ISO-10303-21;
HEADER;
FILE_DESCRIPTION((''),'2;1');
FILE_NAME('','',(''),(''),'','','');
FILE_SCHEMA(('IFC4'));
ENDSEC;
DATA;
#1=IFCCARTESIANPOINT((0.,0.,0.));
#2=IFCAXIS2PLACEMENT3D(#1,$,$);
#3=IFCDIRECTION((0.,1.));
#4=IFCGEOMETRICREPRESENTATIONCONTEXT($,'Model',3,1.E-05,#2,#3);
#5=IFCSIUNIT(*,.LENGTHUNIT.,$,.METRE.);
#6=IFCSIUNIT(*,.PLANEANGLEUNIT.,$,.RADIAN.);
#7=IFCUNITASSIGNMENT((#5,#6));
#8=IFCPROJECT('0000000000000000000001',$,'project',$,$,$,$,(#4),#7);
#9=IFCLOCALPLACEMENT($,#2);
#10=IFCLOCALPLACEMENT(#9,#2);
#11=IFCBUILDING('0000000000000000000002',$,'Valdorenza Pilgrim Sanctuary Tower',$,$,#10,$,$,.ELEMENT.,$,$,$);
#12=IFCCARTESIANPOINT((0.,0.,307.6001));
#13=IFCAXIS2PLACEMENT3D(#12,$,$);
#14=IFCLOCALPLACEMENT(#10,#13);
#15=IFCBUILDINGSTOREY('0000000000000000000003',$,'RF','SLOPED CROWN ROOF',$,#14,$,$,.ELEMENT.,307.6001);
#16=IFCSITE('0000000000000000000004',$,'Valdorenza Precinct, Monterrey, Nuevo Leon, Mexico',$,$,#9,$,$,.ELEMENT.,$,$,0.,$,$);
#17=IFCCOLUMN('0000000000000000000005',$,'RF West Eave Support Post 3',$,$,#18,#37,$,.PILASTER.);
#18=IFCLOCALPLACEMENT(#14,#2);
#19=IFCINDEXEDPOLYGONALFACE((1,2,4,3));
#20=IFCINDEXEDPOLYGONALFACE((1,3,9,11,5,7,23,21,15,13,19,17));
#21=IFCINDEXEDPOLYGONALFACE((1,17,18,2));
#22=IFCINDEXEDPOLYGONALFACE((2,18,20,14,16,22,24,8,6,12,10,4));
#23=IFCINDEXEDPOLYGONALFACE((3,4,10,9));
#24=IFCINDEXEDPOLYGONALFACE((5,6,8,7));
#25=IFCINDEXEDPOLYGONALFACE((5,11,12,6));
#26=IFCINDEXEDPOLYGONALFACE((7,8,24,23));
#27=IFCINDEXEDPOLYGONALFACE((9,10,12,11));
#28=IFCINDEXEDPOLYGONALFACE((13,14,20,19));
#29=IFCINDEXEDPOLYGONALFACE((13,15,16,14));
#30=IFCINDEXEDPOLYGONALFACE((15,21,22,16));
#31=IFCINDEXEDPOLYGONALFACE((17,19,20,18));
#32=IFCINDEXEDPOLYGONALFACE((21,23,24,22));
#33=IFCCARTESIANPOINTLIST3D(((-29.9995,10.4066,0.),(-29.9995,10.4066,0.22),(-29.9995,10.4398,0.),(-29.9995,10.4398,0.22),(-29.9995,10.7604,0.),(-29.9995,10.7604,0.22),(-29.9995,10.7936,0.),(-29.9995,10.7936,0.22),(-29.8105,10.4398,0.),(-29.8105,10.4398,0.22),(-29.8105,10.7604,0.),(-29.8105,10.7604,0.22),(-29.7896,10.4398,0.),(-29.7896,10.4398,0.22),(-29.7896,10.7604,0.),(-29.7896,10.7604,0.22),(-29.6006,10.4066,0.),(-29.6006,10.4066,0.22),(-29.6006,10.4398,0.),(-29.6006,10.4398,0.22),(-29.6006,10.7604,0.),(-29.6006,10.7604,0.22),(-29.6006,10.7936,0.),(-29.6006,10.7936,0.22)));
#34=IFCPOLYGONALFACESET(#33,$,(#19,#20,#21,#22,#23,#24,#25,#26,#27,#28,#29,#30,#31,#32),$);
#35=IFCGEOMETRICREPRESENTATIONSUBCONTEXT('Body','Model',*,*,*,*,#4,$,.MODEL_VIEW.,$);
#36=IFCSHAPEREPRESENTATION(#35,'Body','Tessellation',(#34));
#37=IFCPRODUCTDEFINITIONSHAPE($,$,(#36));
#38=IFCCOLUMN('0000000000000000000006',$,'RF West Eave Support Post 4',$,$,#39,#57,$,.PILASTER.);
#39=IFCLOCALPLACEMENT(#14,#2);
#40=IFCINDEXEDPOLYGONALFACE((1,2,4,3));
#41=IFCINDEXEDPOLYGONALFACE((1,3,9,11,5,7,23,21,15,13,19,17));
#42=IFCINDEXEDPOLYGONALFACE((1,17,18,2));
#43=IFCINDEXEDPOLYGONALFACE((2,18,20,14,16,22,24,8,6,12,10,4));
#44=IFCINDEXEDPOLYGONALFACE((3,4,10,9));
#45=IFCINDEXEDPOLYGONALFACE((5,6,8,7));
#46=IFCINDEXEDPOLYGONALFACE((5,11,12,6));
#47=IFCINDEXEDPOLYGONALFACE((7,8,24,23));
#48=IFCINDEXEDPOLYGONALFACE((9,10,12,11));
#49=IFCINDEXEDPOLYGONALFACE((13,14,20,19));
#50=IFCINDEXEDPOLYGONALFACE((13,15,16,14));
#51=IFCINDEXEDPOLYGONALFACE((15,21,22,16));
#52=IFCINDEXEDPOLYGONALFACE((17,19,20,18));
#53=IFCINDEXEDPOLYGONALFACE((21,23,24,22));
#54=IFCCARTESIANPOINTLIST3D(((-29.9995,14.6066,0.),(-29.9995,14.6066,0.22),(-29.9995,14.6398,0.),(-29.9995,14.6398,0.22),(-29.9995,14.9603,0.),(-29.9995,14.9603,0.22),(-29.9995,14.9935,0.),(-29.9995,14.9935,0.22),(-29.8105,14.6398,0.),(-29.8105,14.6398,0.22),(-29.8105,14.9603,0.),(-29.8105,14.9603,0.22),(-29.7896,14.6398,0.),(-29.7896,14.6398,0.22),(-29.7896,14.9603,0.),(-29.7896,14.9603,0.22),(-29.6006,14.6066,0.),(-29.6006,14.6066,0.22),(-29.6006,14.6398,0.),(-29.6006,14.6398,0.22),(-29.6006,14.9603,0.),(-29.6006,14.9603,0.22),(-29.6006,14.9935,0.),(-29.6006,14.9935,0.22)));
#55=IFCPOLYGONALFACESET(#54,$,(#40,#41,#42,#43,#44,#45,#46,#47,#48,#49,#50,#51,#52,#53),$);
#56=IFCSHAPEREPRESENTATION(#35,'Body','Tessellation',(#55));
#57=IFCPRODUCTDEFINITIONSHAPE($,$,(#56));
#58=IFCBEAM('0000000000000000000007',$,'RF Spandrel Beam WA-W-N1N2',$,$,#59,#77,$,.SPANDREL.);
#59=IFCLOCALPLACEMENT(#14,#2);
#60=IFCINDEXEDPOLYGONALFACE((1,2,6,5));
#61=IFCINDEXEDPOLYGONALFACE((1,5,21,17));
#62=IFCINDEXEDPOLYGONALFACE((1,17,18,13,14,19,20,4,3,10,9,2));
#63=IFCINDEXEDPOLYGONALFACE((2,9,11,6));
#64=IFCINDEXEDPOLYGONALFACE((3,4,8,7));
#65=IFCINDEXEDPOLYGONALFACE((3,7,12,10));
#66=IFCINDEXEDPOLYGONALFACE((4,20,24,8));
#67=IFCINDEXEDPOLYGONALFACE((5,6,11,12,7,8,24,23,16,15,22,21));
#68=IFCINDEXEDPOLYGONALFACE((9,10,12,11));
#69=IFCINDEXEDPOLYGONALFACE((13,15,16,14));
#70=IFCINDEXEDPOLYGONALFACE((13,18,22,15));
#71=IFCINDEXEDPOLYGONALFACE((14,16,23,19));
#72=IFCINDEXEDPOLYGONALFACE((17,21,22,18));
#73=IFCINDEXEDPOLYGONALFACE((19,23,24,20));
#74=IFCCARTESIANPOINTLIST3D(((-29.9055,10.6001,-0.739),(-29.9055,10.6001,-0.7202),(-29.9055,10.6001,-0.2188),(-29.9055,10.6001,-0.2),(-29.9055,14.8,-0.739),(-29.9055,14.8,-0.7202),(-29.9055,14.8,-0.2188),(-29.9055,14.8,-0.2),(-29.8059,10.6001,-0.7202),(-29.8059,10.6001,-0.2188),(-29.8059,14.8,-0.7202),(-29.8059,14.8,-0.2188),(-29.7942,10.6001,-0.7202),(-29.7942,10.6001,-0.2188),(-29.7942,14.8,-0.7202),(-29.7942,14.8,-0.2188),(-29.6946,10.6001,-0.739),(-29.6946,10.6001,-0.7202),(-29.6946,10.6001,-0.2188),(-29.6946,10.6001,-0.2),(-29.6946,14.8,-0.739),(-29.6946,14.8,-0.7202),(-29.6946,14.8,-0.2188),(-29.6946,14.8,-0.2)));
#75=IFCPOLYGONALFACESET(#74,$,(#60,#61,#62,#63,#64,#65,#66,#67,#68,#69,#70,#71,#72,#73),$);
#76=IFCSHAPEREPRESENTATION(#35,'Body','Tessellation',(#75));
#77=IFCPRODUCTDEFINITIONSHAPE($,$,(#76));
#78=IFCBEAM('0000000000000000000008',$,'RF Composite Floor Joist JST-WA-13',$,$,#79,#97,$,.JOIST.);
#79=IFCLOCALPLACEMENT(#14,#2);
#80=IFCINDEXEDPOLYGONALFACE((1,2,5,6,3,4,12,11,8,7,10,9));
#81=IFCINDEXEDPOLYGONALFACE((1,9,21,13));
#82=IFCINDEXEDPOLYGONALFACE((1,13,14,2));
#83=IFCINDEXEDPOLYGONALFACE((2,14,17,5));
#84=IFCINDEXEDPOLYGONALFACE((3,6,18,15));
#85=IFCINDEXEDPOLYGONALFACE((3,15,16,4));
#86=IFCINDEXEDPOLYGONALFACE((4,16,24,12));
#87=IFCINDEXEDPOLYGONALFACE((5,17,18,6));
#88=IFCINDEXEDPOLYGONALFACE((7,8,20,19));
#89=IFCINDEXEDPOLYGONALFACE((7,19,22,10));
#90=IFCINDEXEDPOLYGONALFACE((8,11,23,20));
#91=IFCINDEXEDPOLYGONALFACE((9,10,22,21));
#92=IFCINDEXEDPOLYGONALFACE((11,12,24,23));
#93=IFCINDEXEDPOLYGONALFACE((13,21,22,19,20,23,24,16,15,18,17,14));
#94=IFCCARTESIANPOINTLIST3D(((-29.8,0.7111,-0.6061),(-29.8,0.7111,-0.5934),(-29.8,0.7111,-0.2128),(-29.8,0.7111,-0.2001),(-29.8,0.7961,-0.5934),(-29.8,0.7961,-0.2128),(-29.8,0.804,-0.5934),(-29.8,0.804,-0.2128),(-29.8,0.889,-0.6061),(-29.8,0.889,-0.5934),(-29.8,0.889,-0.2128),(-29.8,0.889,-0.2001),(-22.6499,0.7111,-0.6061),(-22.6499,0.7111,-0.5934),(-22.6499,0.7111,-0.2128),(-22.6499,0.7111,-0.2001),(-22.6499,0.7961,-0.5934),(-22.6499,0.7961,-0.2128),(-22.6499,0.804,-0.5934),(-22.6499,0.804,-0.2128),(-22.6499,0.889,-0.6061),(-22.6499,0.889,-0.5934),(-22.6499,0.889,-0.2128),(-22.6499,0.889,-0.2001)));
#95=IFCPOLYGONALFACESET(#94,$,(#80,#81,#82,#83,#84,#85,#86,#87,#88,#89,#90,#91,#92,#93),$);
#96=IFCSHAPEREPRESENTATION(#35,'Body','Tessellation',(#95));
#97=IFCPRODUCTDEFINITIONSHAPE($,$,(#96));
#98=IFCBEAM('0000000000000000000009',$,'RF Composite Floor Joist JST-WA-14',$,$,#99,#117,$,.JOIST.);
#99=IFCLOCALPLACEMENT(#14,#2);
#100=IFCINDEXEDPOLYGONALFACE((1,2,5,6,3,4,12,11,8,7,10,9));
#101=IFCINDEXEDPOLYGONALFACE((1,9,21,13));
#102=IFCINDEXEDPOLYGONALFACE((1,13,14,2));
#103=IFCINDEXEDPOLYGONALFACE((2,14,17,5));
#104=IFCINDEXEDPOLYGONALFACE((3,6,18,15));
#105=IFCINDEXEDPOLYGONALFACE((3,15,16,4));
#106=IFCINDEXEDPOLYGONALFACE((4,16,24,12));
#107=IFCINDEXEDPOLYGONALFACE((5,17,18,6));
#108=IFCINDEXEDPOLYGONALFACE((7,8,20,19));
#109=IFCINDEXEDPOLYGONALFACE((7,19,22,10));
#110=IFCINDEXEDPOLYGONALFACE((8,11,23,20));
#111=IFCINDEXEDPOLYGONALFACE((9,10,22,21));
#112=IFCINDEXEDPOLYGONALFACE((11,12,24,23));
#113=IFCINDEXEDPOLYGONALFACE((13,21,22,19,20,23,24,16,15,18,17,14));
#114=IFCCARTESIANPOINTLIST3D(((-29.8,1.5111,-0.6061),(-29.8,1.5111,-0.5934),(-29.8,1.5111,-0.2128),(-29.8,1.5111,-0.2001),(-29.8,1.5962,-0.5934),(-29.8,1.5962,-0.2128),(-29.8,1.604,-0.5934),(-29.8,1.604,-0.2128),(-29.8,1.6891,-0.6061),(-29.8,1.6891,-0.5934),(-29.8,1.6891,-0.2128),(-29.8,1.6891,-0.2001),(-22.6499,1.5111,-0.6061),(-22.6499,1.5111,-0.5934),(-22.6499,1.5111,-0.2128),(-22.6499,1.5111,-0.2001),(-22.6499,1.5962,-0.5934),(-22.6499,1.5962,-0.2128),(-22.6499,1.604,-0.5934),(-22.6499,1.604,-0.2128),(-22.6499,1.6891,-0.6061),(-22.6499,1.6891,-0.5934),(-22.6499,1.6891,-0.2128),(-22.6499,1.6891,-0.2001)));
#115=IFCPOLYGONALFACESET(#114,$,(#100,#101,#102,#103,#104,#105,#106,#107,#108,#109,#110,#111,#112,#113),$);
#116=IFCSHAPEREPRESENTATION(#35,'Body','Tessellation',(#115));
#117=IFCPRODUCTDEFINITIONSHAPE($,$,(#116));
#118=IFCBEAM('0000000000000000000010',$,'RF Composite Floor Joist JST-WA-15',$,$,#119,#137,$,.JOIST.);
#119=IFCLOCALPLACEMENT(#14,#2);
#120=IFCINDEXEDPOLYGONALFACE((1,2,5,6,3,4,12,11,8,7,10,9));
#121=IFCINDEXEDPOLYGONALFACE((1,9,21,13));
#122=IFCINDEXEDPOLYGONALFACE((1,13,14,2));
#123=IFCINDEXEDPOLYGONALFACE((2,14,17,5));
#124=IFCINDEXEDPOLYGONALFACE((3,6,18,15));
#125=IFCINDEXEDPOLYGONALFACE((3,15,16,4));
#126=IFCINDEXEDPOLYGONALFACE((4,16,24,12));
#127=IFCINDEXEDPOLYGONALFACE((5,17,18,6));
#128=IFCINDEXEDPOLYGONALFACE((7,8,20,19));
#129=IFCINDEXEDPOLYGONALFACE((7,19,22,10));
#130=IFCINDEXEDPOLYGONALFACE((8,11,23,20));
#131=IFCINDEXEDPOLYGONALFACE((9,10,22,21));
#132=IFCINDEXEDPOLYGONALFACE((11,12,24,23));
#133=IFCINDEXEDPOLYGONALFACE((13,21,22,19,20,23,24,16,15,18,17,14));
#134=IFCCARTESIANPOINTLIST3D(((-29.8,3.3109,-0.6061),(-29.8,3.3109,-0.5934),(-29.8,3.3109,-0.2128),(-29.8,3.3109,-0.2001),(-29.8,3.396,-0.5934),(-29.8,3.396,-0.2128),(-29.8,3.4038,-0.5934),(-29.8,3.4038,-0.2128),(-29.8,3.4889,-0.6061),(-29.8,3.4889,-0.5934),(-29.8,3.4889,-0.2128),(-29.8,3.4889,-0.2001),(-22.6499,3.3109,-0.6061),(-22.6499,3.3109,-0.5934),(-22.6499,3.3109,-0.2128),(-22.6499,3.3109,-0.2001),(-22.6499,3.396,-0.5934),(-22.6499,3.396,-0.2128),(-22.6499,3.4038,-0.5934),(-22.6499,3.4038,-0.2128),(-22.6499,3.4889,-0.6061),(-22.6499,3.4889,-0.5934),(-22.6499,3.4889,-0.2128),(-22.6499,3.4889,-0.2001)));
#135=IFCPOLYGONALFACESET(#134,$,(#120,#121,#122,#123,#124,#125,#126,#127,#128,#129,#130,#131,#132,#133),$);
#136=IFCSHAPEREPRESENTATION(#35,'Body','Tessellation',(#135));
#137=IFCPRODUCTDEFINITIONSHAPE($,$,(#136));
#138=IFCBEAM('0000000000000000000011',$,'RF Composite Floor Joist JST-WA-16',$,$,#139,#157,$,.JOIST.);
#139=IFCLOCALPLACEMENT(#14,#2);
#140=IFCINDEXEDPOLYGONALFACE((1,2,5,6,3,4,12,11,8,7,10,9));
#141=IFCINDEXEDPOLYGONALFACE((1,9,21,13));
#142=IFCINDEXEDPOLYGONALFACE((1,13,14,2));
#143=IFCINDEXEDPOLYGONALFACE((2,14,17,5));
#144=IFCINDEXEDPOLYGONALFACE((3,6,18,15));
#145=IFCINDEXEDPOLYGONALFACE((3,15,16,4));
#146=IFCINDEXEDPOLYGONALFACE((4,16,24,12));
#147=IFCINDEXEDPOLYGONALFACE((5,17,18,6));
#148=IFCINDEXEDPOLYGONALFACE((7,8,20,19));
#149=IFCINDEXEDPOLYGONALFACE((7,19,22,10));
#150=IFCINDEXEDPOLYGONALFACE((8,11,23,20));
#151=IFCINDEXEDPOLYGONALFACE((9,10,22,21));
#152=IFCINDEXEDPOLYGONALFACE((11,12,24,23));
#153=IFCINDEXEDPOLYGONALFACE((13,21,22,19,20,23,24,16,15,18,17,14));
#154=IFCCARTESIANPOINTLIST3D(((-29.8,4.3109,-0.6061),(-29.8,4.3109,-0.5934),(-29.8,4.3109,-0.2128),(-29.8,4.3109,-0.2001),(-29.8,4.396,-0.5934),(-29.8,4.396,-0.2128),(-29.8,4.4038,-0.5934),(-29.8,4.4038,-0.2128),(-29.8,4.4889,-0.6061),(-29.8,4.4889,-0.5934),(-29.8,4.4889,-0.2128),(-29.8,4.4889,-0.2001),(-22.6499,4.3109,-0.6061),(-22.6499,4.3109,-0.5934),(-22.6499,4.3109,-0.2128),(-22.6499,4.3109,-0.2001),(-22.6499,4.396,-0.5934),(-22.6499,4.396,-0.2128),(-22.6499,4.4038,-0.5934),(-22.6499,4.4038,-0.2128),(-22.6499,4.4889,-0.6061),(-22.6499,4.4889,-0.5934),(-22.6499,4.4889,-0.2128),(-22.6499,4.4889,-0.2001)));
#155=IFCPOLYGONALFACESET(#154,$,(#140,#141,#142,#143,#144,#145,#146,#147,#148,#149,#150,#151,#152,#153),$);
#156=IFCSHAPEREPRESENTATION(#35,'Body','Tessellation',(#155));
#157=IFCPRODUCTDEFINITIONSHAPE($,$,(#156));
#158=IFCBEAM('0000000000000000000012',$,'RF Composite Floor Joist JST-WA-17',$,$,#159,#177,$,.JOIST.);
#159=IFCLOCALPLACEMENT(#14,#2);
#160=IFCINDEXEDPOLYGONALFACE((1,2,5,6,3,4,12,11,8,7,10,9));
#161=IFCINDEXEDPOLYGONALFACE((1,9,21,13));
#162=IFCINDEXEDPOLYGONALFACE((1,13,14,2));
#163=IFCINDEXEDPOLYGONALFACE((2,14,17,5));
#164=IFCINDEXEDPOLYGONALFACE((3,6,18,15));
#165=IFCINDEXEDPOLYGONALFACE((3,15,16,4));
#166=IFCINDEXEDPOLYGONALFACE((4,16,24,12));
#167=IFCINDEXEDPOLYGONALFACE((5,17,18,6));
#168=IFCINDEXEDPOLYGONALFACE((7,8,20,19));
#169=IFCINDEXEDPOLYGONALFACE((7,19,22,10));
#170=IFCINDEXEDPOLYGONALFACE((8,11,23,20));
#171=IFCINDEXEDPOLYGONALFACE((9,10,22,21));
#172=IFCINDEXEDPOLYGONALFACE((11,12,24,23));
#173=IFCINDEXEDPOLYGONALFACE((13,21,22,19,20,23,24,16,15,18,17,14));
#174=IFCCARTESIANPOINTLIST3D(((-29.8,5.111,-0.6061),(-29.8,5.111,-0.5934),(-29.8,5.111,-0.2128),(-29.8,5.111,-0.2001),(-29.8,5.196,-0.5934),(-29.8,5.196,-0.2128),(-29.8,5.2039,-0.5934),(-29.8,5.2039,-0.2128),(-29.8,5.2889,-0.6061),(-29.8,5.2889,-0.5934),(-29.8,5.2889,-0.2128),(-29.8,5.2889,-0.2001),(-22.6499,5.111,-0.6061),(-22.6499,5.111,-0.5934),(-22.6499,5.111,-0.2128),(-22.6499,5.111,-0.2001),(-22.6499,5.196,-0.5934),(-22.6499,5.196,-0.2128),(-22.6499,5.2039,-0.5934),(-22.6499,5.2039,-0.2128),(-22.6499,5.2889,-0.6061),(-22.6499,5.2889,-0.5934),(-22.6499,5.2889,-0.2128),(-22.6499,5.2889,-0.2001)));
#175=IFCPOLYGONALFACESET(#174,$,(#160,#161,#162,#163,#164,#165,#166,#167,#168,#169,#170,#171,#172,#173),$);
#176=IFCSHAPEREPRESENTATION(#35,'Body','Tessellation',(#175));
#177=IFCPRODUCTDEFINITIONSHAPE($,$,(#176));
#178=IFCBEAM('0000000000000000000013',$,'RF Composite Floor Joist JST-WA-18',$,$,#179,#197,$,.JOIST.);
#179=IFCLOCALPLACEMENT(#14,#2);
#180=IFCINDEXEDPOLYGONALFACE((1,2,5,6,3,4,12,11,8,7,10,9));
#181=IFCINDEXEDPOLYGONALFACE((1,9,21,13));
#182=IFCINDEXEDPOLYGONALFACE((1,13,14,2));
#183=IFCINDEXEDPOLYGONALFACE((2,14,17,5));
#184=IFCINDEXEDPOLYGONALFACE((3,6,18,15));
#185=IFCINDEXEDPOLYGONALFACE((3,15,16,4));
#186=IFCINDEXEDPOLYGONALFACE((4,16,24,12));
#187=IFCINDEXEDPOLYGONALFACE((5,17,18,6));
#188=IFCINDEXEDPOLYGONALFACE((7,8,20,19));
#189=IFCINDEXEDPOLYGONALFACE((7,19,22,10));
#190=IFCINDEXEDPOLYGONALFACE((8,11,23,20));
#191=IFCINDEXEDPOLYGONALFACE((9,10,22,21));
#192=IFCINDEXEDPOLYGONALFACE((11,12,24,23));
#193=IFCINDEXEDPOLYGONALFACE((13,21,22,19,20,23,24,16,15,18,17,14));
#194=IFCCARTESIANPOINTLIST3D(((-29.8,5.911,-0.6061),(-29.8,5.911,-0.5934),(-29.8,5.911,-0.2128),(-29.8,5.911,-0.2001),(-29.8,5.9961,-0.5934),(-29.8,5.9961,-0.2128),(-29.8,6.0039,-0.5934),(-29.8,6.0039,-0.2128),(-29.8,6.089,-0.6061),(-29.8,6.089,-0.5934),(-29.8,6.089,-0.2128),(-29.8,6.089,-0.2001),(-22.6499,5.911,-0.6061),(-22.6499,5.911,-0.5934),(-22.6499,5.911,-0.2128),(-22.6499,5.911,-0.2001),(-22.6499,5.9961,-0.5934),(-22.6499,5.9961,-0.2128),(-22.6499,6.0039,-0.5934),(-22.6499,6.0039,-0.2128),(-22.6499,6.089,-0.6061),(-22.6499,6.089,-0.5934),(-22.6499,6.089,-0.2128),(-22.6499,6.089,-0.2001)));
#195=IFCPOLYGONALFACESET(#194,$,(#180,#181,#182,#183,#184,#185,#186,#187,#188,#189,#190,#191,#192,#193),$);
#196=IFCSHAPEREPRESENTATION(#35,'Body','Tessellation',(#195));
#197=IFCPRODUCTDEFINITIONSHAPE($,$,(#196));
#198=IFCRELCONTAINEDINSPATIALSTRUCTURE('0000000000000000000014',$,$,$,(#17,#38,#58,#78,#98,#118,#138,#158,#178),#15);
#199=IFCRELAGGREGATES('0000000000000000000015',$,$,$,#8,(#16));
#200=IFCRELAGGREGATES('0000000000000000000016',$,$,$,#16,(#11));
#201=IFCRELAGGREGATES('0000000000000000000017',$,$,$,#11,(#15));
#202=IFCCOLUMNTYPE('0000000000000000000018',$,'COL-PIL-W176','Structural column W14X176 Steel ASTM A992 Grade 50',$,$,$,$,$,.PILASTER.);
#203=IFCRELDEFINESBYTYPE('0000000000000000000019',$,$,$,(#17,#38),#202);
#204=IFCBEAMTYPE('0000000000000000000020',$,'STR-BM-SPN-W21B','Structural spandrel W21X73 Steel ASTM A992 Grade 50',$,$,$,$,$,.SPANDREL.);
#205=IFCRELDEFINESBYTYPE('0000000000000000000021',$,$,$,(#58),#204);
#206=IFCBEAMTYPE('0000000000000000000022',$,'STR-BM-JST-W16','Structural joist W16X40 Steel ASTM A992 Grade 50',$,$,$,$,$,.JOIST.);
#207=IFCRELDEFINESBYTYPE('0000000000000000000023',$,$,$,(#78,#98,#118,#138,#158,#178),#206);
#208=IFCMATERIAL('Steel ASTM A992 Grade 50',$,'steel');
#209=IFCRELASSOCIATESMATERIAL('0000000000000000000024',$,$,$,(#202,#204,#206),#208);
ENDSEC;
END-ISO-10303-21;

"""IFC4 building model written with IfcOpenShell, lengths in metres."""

from ifc_helpers import new_model, si_unit, direction, frame, origin, origin_2d, place, context, subcontext, project, spatial, i_section, extrude, source, transform, mapped, material, material_profile, profile_set, type_object, element, save


model = new_model("IFC4")

# Units and contexts
model_context = context("Model", 3, precision=1e-05, world=origin(), true_north=direction((0.0, 1.0)))
body_context = subcontext(model_context, "Body", "Model", "MODEL_VIEW")
ifc_project = project(units=[si_unit("LENGTHUNIT", "METRE"), si_unit("PLANEANGLEUNIT", "RADIAN")], contexts=[model_context])

# Site, building, storey
site_placement = place(None, origin())
site = spatial("IfcSite", under=ifc_project, at=site_placement, Name="Valdorenza Precinct, Monterrey, Nuevo Leon, Mexico", CompositionType="ELEMENT", RefElevation=0.0)
building_placement = place(site_placement, origin())
building = spatial("IfcBuilding", under=site, at=building_placement, Name="Valdorenza Pilgrim Sanctuary Tower", CompositionType="ELEMENT")
storey_placement = place(building_placement, frame((0.0, 0.0, 307.6001)))
storey = spatial("IfcBuildingStorey", under=building, at=storey_placement, Name="RF", Description="SLOPED CROWN ROOF", CompositionType="ELEMENT", Elevation=307.6001)

# Columns
ifc_material_1 = material(Name="Steel ASTM A992 Grade 50", Category="steel")
ifc_material_profile_1 = material_profile(ifc_material_1, i_section(OverallWidth=0.3989, OverallDepth=0.387, WebThickness=0.021, FlangeThickness=0.0332, at=origin_2d()), Name="W14X176")
ifc_profile_set_1 = profile_set([ifc_material_profile_1], Name="Steel ASTM A992 Grade 50")
column_type = type_object("IfcColumnType", Name="COL-PIL-W176", Description="Structural column W14X176 Steel ASTM A992 Grade 50", PredefinedType="PILASTER", material=ifc_profile_set_1)
shared_shape_1 = source(origin(), body_context, "Body", "SweptSolid", [
    extrude(i_section(OverallWidth=0.3989, OverallDepth=0.387, WebThickness=0.021, FlangeThickness=0.0332, at=origin_2d()), origin(), (0.0, 0.0, 1.0), 0.22),
])
for number, where, z_axis, x_axis, name in (
    (1, (-29.8, 10.6001, 0.0), (0.0, 0.0, 1.0), (1.0, 0.0, 0.0), "RF West Eave Support Post 3"),
    (2, (-29.8, 14.8, 0.0), (0.0, 0.0, 1.0), (1.0, 0.0, 0.0), "RF West Eave Support Post 4"),
):
    element("IfcColumn", number, at=place(storey_placement, frame(where, z_axis=z_axis, x_axis=x_axis)), inside=storey, type_object=column_type, Name=name, PredefinedType="PILASTER", context=body_context, shape_type="MappedRepresentation", body=[
        mapped(shared_shape_1, transform((0.0, 0.0, 0.0), x_axis=(1.0, 0.0, 0.0), y_axis=(0.0, 1.0, 0.0), z_axis=(0.0, 0.0, 1.0), scale=1.0)),
    ])

# Beams
ifc_material_profile_2 = material_profile(ifc_material_1, i_section(OverallWidth=0.2109, OverallDepth=0.5391, WebThickness=0.0117, FlangeThickness=0.0188, at=origin_2d()), Name="W21X73")
ifc_profile_set_2 = profile_set([ifc_material_profile_2], Name="Steel ASTM A992 Grade 50")
beam_type_1 = type_object("IfcBeamType", Name="STR-BM-SPN-W21B", Description="Structural spandrel W21X73 Steel ASTM A992 Grade 50", PredefinedType="SPANDREL", material=ifc_profile_set_2)
shared_shape_2 = source(origin(), body_context, "Body", "SweptSolid", [
    extrude(i_section(OverallWidth=0.2109, OverallDepth=0.5391, WebThickness=0.0117, FlangeThickness=0.0188, at=origin_2d()), origin(), (0.0, 0.0, 1.0), 4.2),
])
beam_placement = place(storey_placement, frame((-29.8, 10.6001, -0.4695), z_axis=(0.0, 1.0, 0.0), x_axis=(-1.0, 0.0, 0.0)))
element("IfcBeam", 3, at=beam_placement, inside=storey, type_object=beam_type_1, Name="RF Spandrel Beam WA-W-N1N2", PredefinedType="SPANDREL", context=body_context, shape_type="MappedRepresentation", body=[
    mapped(shared_shape_2, transform((0.0, 0.0, 0.0), x_axis=(1.0, 0.0, 0.0), y_axis=(0.0, 1.0, 0.0), z_axis=(0.0, 0.0, 1.0), scale=1.0)),
])
ifc_material_profile_3 = material_profile(ifc_material_1, i_section(OverallWidth=0.178, OverallDepth=0.406, WebThickness=0.0078, FlangeThickness=0.0127, at=origin_2d()), Name="W16X40")
ifc_profile_set_3 = profile_set([ifc_material_profile_3], Name="Steel ASTM A992 Grade 50")
beam_type_2 = type_object("IfcBeamType", Name="STR-BM-JST-W16", Description="Structural joist W16X40 Steel ASTM A992 Grade 50", PredefinedType="JOIST", material=ifc_profile_set_3)
shared_shape_3 = source(origin(), body_context, "Body", "SweptSolid", [
    extrude(i_section(OverallWidth=0.178, OverallDepth=0.406, WebThickness=0.0078, FlangeThickness=0.0127, at=origin_2d()), origin(), (0.0, 0.0, 1.0), 7.1501),
])
for number, where, z_axis, x_axis, name in (
    (4, (-29.8, 0.8, -0.4031), (1.0, 0.0, 0.0), (0.0, 1.0, 0.0), "RF Composite Floor Joist JST-WA-13"),
    (5, (-29.8, 1.6001, -0.4031), (1.0, 0.0, 0.0), (0.0, 1.0, 0.0), "RF Composite Floor Joist JST-WA-14"),
    (6, (-29.8, 3.3999, -0.4031), (1.0, 0.0, 0.0), (0.0, 1.0, 0.0), "RF Composite Floor Joist JST-WA-15"),
    (7, (-29.8, 4.3999, -0.4031), (1.0, 0.0, 0.0), (0.0, 1.0, 0.0), "RF Composite Floor Joist JST-WA-16"),
    (8, (-29.8, 5.2, -0.4031), (1.0, 0.0, 0.0), (0.0, 1.0, 0.0), "RF Composite Floor Joist JST-WA-17"),
    (9, (-29.8, 6.0, -0.4031), (1.0, 0.0, 0.0), (0.0, 1.0, 0.0), "RF Composite Floor Joist JST-WA-18"),
):
    element("IfcBeam", number, at=place(storey_placement, frame(where, z_axis=z_axis, x_axis=x_axis)), inside=storey, type_object=beam_type_2, Name=name, PredefinedType="JOIST", context=body_context, shape_type="MappedRepresentation", body=[
        mapped(shared_shape_3, transform((0.0, 0.0, 0.0), x_axis=(1.0, 0.0, 0.0), y_axis=(0.0, 1.0, 0.0), z_axis=(0.0, 0.0, 1.0), scale=1.0)),
    ])

save(model, "model.ifc")
